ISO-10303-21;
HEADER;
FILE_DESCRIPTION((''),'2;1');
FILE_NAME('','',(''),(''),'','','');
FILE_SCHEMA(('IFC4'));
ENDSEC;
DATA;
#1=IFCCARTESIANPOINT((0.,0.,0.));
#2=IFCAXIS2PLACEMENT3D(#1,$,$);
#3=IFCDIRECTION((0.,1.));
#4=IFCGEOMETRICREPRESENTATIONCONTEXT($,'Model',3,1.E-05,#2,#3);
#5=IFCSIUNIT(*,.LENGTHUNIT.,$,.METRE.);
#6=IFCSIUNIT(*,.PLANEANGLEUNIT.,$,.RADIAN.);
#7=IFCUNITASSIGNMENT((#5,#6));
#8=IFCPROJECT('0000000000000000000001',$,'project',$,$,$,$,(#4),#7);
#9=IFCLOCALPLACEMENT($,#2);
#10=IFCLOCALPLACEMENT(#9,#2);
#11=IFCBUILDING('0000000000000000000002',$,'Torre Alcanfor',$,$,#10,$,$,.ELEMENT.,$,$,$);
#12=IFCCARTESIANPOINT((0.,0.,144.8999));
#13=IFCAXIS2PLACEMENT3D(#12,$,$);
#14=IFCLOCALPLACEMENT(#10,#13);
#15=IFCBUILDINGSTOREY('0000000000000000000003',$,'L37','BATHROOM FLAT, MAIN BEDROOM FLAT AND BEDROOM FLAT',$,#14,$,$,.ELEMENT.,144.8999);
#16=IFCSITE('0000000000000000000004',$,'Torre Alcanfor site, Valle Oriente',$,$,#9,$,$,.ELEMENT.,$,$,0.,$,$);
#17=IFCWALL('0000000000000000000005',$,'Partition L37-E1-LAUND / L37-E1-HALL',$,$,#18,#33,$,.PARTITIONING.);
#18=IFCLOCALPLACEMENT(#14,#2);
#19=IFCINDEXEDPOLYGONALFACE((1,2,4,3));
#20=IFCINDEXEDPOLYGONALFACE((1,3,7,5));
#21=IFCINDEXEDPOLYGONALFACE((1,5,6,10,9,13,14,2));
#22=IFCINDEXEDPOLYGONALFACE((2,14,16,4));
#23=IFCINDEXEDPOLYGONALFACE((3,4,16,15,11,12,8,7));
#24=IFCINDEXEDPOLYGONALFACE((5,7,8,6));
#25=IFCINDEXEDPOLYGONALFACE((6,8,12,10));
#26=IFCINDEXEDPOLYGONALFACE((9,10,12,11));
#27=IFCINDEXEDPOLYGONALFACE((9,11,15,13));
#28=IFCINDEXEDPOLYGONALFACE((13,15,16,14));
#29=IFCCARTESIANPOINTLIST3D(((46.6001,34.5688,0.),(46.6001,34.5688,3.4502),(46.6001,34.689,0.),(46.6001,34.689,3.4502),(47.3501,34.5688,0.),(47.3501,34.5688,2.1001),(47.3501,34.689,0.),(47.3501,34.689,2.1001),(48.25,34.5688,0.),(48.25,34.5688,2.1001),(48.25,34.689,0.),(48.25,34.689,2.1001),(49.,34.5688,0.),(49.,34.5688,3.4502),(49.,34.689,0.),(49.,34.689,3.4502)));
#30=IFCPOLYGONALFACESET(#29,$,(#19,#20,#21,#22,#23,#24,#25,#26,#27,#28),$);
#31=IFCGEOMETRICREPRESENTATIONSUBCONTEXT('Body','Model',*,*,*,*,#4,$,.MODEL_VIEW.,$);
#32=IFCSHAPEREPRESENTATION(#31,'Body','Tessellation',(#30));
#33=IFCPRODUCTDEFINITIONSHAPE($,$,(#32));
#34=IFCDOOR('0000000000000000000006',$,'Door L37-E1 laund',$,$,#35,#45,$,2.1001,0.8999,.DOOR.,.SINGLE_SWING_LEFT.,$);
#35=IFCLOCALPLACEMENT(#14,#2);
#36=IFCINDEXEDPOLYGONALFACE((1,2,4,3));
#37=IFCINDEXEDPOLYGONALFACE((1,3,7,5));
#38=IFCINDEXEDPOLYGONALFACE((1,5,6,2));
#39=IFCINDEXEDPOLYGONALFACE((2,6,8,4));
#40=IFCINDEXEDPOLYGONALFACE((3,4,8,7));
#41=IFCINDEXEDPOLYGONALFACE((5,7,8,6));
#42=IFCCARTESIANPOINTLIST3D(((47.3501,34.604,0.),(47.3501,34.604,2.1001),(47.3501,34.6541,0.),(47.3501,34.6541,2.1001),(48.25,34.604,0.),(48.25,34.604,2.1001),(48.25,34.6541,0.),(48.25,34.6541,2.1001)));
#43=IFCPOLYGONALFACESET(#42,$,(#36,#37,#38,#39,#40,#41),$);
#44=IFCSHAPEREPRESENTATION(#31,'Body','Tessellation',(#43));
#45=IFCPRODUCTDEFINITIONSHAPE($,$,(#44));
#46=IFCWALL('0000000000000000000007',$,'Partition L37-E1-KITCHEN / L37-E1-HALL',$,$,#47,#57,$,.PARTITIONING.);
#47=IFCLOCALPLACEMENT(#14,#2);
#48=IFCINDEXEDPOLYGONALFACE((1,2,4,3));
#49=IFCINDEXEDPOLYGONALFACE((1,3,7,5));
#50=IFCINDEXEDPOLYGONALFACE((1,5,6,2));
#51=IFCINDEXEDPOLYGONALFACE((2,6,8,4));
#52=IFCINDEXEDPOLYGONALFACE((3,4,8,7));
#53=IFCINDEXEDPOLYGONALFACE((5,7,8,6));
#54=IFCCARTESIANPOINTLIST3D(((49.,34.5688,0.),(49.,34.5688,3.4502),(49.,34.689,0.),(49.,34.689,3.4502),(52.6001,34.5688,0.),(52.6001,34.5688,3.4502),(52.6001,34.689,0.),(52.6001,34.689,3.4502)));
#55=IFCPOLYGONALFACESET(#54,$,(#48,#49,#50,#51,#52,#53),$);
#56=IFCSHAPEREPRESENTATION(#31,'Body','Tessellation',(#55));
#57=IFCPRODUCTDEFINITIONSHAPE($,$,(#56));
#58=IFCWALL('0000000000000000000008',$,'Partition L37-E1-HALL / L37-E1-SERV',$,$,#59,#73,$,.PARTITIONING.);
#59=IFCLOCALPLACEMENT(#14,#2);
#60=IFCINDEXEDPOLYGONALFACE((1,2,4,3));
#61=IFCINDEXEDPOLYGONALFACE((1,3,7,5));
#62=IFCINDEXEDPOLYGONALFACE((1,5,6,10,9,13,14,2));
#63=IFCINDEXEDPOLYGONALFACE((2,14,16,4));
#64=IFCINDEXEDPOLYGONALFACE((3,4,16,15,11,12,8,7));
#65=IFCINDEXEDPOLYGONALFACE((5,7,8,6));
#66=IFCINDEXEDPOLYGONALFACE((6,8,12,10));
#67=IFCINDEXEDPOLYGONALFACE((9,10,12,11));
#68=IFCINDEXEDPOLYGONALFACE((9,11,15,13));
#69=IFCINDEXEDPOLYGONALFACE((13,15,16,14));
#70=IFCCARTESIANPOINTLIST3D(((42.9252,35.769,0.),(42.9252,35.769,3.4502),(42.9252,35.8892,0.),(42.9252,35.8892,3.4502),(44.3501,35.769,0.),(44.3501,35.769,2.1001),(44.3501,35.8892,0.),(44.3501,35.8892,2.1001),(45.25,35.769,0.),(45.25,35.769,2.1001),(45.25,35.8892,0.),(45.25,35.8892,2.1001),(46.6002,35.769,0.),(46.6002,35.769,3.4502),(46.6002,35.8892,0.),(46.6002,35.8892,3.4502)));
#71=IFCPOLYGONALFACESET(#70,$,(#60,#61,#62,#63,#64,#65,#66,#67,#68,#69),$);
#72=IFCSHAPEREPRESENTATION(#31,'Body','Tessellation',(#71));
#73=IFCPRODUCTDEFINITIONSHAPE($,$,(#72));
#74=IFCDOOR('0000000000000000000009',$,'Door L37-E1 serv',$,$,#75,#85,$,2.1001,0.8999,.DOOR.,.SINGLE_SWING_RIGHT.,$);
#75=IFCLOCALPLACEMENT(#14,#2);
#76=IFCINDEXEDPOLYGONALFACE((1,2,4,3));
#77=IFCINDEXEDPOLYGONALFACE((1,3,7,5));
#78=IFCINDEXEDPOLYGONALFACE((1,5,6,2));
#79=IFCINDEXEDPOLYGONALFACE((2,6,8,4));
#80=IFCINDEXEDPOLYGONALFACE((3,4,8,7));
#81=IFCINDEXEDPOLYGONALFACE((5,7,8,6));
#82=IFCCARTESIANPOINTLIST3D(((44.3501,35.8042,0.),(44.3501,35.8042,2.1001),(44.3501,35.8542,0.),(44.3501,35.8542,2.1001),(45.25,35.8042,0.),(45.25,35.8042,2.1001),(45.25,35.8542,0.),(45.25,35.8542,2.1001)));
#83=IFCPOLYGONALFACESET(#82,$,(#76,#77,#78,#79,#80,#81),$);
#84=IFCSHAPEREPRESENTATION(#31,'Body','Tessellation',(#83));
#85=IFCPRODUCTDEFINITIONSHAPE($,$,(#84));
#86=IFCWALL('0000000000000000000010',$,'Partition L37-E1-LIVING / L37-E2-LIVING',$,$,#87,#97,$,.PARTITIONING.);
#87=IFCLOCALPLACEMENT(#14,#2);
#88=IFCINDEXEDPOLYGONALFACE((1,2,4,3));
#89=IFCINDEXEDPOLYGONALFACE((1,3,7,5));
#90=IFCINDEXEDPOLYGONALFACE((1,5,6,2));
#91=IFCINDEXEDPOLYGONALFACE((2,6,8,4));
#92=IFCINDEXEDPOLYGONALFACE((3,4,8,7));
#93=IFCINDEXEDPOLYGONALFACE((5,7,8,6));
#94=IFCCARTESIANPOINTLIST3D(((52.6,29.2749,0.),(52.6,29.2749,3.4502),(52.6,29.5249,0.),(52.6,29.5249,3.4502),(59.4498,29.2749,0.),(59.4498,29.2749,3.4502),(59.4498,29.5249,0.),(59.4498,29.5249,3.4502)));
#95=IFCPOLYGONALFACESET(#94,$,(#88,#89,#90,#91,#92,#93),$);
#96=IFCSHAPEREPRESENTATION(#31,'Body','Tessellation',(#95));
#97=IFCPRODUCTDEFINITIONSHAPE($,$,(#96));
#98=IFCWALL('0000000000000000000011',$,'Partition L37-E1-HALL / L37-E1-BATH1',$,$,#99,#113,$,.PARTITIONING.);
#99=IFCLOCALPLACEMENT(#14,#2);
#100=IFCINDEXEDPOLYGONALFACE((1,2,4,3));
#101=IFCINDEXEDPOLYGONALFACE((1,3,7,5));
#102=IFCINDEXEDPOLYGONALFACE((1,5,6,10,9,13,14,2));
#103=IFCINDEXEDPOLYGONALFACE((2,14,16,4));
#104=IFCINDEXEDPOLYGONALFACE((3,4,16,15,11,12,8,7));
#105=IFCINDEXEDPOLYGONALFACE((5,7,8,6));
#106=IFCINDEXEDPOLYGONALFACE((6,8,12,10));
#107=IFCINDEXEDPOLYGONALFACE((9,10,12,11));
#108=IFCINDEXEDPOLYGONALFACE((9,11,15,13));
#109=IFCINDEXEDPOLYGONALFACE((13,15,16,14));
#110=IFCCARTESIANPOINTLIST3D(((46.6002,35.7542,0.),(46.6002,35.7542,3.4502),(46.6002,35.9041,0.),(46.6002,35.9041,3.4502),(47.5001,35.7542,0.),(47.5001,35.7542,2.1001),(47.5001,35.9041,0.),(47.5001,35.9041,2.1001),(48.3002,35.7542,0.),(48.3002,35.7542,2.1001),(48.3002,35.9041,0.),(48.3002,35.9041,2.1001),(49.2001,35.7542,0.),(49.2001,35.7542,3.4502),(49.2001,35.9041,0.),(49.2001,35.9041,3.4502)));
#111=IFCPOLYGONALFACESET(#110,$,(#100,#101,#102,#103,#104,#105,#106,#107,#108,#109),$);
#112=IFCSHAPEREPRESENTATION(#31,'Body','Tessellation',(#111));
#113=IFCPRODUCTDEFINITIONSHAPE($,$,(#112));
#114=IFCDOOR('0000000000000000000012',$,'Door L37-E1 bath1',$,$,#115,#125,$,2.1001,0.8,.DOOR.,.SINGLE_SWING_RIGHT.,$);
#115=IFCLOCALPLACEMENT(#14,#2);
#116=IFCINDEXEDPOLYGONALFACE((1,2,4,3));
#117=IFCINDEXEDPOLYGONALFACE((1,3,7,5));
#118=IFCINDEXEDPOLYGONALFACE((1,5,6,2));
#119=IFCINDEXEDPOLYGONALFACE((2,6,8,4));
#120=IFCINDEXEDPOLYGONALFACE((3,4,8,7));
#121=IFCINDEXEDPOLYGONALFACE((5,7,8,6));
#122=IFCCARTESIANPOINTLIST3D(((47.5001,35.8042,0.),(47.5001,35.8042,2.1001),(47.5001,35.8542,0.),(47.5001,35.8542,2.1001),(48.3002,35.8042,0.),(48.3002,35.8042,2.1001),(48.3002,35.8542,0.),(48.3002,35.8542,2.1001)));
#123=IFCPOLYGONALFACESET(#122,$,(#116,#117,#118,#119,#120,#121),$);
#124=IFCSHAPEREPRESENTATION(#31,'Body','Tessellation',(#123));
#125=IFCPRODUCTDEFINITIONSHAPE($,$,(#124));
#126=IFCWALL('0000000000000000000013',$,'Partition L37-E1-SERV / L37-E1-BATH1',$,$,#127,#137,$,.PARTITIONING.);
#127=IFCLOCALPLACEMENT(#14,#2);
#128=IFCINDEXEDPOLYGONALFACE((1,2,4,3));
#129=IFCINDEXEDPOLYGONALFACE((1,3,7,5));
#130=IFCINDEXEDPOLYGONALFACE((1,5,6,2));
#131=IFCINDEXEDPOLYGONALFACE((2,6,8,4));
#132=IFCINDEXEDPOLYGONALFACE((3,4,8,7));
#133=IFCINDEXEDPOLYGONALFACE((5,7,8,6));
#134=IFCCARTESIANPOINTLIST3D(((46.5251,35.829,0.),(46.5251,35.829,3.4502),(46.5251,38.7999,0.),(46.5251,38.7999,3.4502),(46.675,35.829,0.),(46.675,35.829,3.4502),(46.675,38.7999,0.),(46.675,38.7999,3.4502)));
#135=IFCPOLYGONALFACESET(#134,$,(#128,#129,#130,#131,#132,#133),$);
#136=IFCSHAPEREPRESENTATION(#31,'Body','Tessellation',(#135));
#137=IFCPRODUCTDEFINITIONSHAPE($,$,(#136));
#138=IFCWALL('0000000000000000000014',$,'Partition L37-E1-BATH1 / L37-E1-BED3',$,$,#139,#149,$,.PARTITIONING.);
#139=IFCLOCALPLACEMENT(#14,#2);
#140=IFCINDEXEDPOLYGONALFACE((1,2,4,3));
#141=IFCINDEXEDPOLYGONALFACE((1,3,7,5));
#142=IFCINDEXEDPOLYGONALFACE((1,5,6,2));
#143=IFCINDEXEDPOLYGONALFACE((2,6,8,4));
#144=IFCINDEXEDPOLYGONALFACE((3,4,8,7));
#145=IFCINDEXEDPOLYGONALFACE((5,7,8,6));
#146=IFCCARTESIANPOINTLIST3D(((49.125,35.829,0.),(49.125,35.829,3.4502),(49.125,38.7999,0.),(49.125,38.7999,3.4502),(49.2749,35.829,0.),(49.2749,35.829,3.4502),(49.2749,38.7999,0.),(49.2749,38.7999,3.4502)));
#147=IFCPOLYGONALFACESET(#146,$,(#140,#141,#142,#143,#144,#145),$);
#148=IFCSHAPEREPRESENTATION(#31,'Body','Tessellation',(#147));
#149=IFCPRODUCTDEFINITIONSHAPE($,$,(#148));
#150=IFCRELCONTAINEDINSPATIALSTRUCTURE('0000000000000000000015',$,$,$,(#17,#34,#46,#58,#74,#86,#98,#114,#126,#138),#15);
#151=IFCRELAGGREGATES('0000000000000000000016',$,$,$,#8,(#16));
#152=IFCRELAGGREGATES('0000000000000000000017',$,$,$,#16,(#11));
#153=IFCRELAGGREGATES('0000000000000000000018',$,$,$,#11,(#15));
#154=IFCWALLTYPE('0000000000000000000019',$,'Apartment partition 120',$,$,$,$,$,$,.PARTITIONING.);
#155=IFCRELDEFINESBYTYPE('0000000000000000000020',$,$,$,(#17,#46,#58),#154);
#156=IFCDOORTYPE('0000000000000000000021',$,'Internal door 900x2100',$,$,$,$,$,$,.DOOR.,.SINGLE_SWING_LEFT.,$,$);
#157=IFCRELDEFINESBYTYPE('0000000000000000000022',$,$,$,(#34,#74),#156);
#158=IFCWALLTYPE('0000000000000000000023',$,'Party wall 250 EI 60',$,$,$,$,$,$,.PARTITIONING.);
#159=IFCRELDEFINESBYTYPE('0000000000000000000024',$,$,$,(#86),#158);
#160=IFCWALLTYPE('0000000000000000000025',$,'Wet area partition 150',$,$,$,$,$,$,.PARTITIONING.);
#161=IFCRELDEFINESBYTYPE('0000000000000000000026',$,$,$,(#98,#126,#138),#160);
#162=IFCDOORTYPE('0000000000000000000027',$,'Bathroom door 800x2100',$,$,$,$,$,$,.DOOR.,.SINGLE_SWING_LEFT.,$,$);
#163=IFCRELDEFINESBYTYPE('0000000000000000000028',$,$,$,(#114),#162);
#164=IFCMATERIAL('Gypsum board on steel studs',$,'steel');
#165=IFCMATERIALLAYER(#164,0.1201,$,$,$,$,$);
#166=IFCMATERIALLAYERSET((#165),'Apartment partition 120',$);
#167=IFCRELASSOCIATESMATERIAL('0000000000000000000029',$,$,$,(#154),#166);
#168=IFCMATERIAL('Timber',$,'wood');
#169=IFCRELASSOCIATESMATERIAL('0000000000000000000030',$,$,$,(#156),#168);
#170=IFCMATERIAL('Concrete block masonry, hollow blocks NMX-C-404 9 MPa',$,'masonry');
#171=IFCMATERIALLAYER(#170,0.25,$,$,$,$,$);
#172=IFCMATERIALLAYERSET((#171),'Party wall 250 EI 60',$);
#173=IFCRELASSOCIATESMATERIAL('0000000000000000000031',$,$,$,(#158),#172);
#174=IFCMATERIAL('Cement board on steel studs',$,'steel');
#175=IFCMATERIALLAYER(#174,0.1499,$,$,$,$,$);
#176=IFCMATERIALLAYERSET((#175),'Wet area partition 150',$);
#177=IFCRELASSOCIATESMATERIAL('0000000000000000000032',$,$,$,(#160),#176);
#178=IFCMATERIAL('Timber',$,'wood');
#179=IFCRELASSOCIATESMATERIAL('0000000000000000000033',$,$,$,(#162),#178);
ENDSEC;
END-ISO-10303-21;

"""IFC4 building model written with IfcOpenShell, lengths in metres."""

from ifc_helpers import new_model, si_unit, direction, frame, frame_2d, origin, place, context, subcontext, project, spatial, rectangle, extrude, material, layer, layer_set, type_object, element, fill, save


model = new_model("IFC4")

# Units and contexts
model_context = context("Model", 3, precision=1e-05, world=origin(), true_north=direction((0.0, 1.0)))
body_context = subcontext(model_context, "Body", "Model", "MODEL_VIEW")
ifc_project = project(units=[si_unit("LENGTHUNIT", "METRE"), si_unit("PLANEANGLEUNIT", "RADIAN")], contexts=[model_context])

# Site, building, storey
site_placement = place(None, origin())
site = spatial("IfcSite", under=ifc_project, at=site_placement, Name="Torre Alcanfor site, Valle Oriente", CompositionType="ELEMENT", RefElevation=0.0)
building_placement = place(site_placement, origin())
building = spatial("IfcBuilding", under=site, at=building_placement, Name="Torre Alcanfor", CompositionType="ELEMENT")
storey_placement = place(building_placement, frame((0.0, 0.0, 144.8999)))
storey = spatial("IfcBuildingStorey", under=building, at=storey_placement, Name="L37", Description="BATHROOM FLAT, MAIN BEDROOM FLAT AND BEDROOM FLAT", CompositionType="ELEMENT", Elevation=144.8999)

# Wall, opening, door
ifc_material_1 = material(Name="Gypsum board on steel studs", Category="steel")
ifc_layer_1 = layer(ifc_material_1, 0.1201)
ifc_layer_set_1 = layer_set([ifc_layer_1], Name="Apartment partition 120")
wall_type_1 = type_object("IfcWallType", Name="Apartment partition 120", PredefinedType="PARTITIONING", material=ifc_layer_set_1)
wall_1_placement = place(storey_placement, frame((49.0, 34.6289, 0.0), z_axis=(0.0, 0.0, 1.0), x_axis=(-1.0, 0.0, 0.0)))
wall_1 = element("IfcWall", 1, at=wall_1_placement, inside=storey, type_object=wall_type_1, Name="Partition L37-E1-LAUND / L37-E1-HALL", PredefinedType="PARTITIONING", context=body_context, shape_type="SweptSolid", body=[
    extrude(rectangle(XDim=2.3999, YDim=0.1201, at=frame_2d((1.2, 0.0))), origin(), (0.0, 0.0, 1.0), 3.4502),
])
opening_1_placement = place(wall_1_placement, frame((0.75, 0.0, 0.0)))
opening_1 = element("IfcOpeningElement", 2, at=opening_1_placement, cuts=wall_1, PredefinedType="OPENING", context=body_context, shape_type="SweptSolid", body=[
    extrude(rectangle(XDim=0.8999, YDim=2.1001, at=frame_2d((0.45, 1.05))), frame((0.0, 0.0701, 0.0), z_axis=(0.0, -1.0, 0.0), x_axis=(1.0, 0.0, 0.0)), (0.0, 0.0, 1.0), 0.1401),
])
ifc_material_2 = material(Name="Timber", Category="wood")
door_type_1 = type_object("IfcDoorType", Name="Internal door 900x2100", OperationType="SINGLE_SWING_LEFT", PredefinedType="DOOR", material=ifc_material_2)
door_1_placement = place(opening_1_placement, origin())
door_1 = element("IfcDoor", 3, at=door_1_placement, inside=storey, type_object=door_type_1, Name="Door L37-E1 laund", OperationType="SINGLE_SWING_LEFT", OverallHeight=2.1001, OverallWidth=0.8999, PredefinedType="DOOR", context=body_context, shape_type="SweptSolid", body=[
    extrude(rectangle(XDim=0.8999, YDim=2.1001, at=frame_2d((0.45, 1.05))), frame((0.0, 0.0249, 0.0), z_axis=(0.0, -1.0, 0.0), x_axis=(1.0, 0.0, 0.0)), (0.0, 0.0, 1.0), 0.05),
])
fill(opening_1, door_1)

# Wall
wall_2_placement = place(storey_placement, frame((52.6001, 34.6289, 0.0), z_axis=(0.0, 0.0, 1.0), x_axis=(-1.0, 0.0, 0.0)))
element("IfcWall", 4, at=wall_2_placement, inside=storey, type_object=wall_type_1, Name="Partition L37-E1-KITCHEN / L37-E1-HALL", PredefinedType="PARTITIONING", context=body_context, shape_type="SweptSolid", body=[
    extrude(rectangle(XDim=3.6001, YDim=0.1201, at=frame_2d((1.8, 0.0))), origin(), (0.0, 0.0, 1.0), 3.4502),
])

# Wall, opening, door
wall_3_placement = place(storey_placement, frame((46.6001, 35.8291, 0.0), z_axis=(0.0, 0.0, 1.0), x_axis=(-1.0, 0.0, 0.0)))
wall_3 = element("IfcWall", 5, at=wall_3_placement, inside=storey, type_object=wall_type_1, Name="Partition L37-E1-HALL / L37-E1-SERV", PredefinedType="PARTITIONING", context=body_context, shape_type="SweptSolid", body=[
    extrude(rectangle(XDim=3.675, YDim=0.1201, at=frame_2d((1.8374, 0.0))), origin(), (0.0, 0.0, 1.0), 3.4502),
])
opening_2_placement = place(wall_3_placement, frame((1.3501, 0.0, 0.0)))
opening_2 = element("IfcOpeningElement", 6, at=opening_2_placement, cuts=wall_3, PredefinedType="OPENING", context=body_context, shape_type="SweptSolid", body=[
    extrude(rectangle(XDim=0.8999, YDim=2.1001, at=frame_2d((0.45, 1.05))), frame((0.0, 0.0701, 0.0), z_axis=(0.0, -1.0, 0.0), x_axis=(1.0, 0.0, 0.0)), (0.0, 0.0, 1.0), 0.1401),
])
door_2_placement = place(opening_2_placement, frame((0.8999, 0.0, 0.0), z_axis=(0.0, 0.0, 1.0), x_axis=(-1.0, 0.0, 0.0)))
door_2 = element("IfcDoor", 7, at=door_2_placement, inside=storey, type_object=door_type_1, Name="Door L37-E1 serv", OperationType="SINGLE_SWING_RIGHT", OverallHeight=2.1001, OverallWidth=0.8999, PredefinedType="DOOR", context=body_context, shape_type="SweptSolid", body=[
    extrude(rectangle(XDim=0.8999, YDim=2.1001, at=frame_2d((0.45, 1.05))), frame((0.0, 0.0251, 0.0), z_axis=(0.0, -1.0, 0.0), x_axis=(1.0, 0.0, 0.0)), (0.0, 0.0, 1.0), 0.05),
])
fill(opening_2, door_2)

# Wall
ifc_material_3 = material(Name="Concrete block masonry, hollow blocks NMX-C-404 9 MPa", Category="masonry")
ifc_layer_2 = layer(ifc_material_3, 0.25)
ifc_layer_set_2 = layer_set([ifc_layer_2], Name="Party wall 250 EI 60")
wall_type_2 = type_object("IfcWallType", Name="Party wall 250 EI 60", PredefinedType="PARTITIONING", material=ifc_layer_set_2)
wall_4_placement = place(storey_placement, frame((52.6001, 29.3999, 0.0), z_axis=(0.0, 0.0, 1.0), x_axis=(1.0, 0.0, 0.0)))
element("IfcWall", 8, at=wall_4_placement, inside=storey, type_object=wall_type_2, Name="Partition L37-E1-LIVING / L37-E2-LIVING", PredefinedType="PARTITIONING", context=body_context, shape_type="SweptSolid", body=[
    extrude(rectangle(XDim=6.8499, YDim=0.25, at=frame_2d((3.4248, 0.0))), origin(), (0.0, 0.0, 1.0), 3.4502),
])

# Wall, opening, door
ifc_material_4 = material(Name="Cement board on steel studs", Category="steel")
ifc_layer_3 = layer(ifc_material_4, 0.1499)
ifc_layer_set_3 = layer_set([ifc_layer_3], Name="Wet area partition 150")
wall_type_3 = type_object("IfcWallType", Name="Wet area partition 150", PredefinedType="PARTITIONING", material=ifc_layer_set_3)
wall_5_placement = place(storey_placement, frame((49.2, 35.8291, 0.0), z_axis=(0.0, 0.0, 1.0), x_axis=(-1.0, 0.0, 0.0)))
wall_5 = element("IfcWall", 9, at=wall_5_placement, inside=storey, type_object=wall_type_3, Name="Partition L37-E1-HALL / L37-E1-BATH1", PredefinedType="PARTITIONING", context=body_context, shape_type="SweptSolid", body=[
    extrude(rectangle(XDim=2.5999, YDim=0.1499, at=frame_2d((1.2998, 0.0))), origin(), (0.0, 0.0, 1.0), 3.4502),
])
opening_3_placement = place(wall_5_placement, frame((0.8999, 0.0, 0.0)))
opening_3 = element("IfcOpeningElement", 10, at=opening_3_placement, cuts=wall_5, PredefinedType="OPENING", context=body_context, shape_type="SweptSolid", body=[
    extrude(rectangle(XDim=0.8, YDim=2.1001, at=frame_2d((0.3999, 1.05))), frame((0.0, 0.085, 0.0), z_axis=(0.0, -1.0, 0.0), x_axis=(1.0, 0.0, 0.0)), (0.0, 0.0, 1.0), 0.1699),
])
ifc_material_5 = material(Name="Timber", Category="wood")
door_type_2 = type_object("IfcDoorType", Name="Bathroom door 800x2100", OperationType="SINGLE_SWING_LEFT", PredefinedType="DOOR", material=ifc_material_5)
door_3_placement = place(opening_3_placement, frame((0.8, 0.0, 0.0), z_axis=(0.0, 0.0, 1.0), x_axis=(-1.0, 0.0, 0.0)))
door_3 = element("IfcDoor", 11, at=door_3_placement, inside=storey, type_object=door_type_2, Name="Door L37-E1 bath1", OperationType="SINGLE_SWING_RIGHT", OverallHeight=2.1001, OverallWidth=0.8, PredefinedType="DOOR", context=body_context, shape_type="SweptSolid", body=[
    extrude(rectangle(XDim=0.8, YDim=2.1001, at=frame_2d((0.4001, 1.05))), frame((0.0, 0.0251, 0.0), z_axis=(0.0, -1.0, 0.0), x_axis=(1.0, 0.0, 0.0)), (0.0, 0.0, 1.0), 0.05),
])
fill(opening_3, door_3)

# Walls
for number, where, z_axis, x_axis, name in (
    (12, (46.6001, 35.8291, 0.0), (0.0, 0.0, 1.0), (0.0, 1.0, 0.0), "Partition L37-E1-SERV / L37-E1-BATH1"),
    (13, (49.2, 35.8291, 0.0), (0.0, 0.0, 1.0), (0.0, 1.0, 0.0), "Partition L37-E1-BATH1 / L37-E1-BED3"),
):
    element("IfcWall", number, at=place(storey_placement, frame(where, z_axis=z_axis, x_axis=x_axis)), inside=storey, type_object=wall_type_3, Name=name, PredefinedType="PARTITIONING", context=body_context, shape_type="SweptSolid", body=[
        extrude(rectangle(XDim=2.9709, YDim=0.1499, at=frame_2d((1.4854, 0.0))), origin(), (0.0, 0.0, 1.0), 3.4502),
    ])

save(model, "model.ifc")
